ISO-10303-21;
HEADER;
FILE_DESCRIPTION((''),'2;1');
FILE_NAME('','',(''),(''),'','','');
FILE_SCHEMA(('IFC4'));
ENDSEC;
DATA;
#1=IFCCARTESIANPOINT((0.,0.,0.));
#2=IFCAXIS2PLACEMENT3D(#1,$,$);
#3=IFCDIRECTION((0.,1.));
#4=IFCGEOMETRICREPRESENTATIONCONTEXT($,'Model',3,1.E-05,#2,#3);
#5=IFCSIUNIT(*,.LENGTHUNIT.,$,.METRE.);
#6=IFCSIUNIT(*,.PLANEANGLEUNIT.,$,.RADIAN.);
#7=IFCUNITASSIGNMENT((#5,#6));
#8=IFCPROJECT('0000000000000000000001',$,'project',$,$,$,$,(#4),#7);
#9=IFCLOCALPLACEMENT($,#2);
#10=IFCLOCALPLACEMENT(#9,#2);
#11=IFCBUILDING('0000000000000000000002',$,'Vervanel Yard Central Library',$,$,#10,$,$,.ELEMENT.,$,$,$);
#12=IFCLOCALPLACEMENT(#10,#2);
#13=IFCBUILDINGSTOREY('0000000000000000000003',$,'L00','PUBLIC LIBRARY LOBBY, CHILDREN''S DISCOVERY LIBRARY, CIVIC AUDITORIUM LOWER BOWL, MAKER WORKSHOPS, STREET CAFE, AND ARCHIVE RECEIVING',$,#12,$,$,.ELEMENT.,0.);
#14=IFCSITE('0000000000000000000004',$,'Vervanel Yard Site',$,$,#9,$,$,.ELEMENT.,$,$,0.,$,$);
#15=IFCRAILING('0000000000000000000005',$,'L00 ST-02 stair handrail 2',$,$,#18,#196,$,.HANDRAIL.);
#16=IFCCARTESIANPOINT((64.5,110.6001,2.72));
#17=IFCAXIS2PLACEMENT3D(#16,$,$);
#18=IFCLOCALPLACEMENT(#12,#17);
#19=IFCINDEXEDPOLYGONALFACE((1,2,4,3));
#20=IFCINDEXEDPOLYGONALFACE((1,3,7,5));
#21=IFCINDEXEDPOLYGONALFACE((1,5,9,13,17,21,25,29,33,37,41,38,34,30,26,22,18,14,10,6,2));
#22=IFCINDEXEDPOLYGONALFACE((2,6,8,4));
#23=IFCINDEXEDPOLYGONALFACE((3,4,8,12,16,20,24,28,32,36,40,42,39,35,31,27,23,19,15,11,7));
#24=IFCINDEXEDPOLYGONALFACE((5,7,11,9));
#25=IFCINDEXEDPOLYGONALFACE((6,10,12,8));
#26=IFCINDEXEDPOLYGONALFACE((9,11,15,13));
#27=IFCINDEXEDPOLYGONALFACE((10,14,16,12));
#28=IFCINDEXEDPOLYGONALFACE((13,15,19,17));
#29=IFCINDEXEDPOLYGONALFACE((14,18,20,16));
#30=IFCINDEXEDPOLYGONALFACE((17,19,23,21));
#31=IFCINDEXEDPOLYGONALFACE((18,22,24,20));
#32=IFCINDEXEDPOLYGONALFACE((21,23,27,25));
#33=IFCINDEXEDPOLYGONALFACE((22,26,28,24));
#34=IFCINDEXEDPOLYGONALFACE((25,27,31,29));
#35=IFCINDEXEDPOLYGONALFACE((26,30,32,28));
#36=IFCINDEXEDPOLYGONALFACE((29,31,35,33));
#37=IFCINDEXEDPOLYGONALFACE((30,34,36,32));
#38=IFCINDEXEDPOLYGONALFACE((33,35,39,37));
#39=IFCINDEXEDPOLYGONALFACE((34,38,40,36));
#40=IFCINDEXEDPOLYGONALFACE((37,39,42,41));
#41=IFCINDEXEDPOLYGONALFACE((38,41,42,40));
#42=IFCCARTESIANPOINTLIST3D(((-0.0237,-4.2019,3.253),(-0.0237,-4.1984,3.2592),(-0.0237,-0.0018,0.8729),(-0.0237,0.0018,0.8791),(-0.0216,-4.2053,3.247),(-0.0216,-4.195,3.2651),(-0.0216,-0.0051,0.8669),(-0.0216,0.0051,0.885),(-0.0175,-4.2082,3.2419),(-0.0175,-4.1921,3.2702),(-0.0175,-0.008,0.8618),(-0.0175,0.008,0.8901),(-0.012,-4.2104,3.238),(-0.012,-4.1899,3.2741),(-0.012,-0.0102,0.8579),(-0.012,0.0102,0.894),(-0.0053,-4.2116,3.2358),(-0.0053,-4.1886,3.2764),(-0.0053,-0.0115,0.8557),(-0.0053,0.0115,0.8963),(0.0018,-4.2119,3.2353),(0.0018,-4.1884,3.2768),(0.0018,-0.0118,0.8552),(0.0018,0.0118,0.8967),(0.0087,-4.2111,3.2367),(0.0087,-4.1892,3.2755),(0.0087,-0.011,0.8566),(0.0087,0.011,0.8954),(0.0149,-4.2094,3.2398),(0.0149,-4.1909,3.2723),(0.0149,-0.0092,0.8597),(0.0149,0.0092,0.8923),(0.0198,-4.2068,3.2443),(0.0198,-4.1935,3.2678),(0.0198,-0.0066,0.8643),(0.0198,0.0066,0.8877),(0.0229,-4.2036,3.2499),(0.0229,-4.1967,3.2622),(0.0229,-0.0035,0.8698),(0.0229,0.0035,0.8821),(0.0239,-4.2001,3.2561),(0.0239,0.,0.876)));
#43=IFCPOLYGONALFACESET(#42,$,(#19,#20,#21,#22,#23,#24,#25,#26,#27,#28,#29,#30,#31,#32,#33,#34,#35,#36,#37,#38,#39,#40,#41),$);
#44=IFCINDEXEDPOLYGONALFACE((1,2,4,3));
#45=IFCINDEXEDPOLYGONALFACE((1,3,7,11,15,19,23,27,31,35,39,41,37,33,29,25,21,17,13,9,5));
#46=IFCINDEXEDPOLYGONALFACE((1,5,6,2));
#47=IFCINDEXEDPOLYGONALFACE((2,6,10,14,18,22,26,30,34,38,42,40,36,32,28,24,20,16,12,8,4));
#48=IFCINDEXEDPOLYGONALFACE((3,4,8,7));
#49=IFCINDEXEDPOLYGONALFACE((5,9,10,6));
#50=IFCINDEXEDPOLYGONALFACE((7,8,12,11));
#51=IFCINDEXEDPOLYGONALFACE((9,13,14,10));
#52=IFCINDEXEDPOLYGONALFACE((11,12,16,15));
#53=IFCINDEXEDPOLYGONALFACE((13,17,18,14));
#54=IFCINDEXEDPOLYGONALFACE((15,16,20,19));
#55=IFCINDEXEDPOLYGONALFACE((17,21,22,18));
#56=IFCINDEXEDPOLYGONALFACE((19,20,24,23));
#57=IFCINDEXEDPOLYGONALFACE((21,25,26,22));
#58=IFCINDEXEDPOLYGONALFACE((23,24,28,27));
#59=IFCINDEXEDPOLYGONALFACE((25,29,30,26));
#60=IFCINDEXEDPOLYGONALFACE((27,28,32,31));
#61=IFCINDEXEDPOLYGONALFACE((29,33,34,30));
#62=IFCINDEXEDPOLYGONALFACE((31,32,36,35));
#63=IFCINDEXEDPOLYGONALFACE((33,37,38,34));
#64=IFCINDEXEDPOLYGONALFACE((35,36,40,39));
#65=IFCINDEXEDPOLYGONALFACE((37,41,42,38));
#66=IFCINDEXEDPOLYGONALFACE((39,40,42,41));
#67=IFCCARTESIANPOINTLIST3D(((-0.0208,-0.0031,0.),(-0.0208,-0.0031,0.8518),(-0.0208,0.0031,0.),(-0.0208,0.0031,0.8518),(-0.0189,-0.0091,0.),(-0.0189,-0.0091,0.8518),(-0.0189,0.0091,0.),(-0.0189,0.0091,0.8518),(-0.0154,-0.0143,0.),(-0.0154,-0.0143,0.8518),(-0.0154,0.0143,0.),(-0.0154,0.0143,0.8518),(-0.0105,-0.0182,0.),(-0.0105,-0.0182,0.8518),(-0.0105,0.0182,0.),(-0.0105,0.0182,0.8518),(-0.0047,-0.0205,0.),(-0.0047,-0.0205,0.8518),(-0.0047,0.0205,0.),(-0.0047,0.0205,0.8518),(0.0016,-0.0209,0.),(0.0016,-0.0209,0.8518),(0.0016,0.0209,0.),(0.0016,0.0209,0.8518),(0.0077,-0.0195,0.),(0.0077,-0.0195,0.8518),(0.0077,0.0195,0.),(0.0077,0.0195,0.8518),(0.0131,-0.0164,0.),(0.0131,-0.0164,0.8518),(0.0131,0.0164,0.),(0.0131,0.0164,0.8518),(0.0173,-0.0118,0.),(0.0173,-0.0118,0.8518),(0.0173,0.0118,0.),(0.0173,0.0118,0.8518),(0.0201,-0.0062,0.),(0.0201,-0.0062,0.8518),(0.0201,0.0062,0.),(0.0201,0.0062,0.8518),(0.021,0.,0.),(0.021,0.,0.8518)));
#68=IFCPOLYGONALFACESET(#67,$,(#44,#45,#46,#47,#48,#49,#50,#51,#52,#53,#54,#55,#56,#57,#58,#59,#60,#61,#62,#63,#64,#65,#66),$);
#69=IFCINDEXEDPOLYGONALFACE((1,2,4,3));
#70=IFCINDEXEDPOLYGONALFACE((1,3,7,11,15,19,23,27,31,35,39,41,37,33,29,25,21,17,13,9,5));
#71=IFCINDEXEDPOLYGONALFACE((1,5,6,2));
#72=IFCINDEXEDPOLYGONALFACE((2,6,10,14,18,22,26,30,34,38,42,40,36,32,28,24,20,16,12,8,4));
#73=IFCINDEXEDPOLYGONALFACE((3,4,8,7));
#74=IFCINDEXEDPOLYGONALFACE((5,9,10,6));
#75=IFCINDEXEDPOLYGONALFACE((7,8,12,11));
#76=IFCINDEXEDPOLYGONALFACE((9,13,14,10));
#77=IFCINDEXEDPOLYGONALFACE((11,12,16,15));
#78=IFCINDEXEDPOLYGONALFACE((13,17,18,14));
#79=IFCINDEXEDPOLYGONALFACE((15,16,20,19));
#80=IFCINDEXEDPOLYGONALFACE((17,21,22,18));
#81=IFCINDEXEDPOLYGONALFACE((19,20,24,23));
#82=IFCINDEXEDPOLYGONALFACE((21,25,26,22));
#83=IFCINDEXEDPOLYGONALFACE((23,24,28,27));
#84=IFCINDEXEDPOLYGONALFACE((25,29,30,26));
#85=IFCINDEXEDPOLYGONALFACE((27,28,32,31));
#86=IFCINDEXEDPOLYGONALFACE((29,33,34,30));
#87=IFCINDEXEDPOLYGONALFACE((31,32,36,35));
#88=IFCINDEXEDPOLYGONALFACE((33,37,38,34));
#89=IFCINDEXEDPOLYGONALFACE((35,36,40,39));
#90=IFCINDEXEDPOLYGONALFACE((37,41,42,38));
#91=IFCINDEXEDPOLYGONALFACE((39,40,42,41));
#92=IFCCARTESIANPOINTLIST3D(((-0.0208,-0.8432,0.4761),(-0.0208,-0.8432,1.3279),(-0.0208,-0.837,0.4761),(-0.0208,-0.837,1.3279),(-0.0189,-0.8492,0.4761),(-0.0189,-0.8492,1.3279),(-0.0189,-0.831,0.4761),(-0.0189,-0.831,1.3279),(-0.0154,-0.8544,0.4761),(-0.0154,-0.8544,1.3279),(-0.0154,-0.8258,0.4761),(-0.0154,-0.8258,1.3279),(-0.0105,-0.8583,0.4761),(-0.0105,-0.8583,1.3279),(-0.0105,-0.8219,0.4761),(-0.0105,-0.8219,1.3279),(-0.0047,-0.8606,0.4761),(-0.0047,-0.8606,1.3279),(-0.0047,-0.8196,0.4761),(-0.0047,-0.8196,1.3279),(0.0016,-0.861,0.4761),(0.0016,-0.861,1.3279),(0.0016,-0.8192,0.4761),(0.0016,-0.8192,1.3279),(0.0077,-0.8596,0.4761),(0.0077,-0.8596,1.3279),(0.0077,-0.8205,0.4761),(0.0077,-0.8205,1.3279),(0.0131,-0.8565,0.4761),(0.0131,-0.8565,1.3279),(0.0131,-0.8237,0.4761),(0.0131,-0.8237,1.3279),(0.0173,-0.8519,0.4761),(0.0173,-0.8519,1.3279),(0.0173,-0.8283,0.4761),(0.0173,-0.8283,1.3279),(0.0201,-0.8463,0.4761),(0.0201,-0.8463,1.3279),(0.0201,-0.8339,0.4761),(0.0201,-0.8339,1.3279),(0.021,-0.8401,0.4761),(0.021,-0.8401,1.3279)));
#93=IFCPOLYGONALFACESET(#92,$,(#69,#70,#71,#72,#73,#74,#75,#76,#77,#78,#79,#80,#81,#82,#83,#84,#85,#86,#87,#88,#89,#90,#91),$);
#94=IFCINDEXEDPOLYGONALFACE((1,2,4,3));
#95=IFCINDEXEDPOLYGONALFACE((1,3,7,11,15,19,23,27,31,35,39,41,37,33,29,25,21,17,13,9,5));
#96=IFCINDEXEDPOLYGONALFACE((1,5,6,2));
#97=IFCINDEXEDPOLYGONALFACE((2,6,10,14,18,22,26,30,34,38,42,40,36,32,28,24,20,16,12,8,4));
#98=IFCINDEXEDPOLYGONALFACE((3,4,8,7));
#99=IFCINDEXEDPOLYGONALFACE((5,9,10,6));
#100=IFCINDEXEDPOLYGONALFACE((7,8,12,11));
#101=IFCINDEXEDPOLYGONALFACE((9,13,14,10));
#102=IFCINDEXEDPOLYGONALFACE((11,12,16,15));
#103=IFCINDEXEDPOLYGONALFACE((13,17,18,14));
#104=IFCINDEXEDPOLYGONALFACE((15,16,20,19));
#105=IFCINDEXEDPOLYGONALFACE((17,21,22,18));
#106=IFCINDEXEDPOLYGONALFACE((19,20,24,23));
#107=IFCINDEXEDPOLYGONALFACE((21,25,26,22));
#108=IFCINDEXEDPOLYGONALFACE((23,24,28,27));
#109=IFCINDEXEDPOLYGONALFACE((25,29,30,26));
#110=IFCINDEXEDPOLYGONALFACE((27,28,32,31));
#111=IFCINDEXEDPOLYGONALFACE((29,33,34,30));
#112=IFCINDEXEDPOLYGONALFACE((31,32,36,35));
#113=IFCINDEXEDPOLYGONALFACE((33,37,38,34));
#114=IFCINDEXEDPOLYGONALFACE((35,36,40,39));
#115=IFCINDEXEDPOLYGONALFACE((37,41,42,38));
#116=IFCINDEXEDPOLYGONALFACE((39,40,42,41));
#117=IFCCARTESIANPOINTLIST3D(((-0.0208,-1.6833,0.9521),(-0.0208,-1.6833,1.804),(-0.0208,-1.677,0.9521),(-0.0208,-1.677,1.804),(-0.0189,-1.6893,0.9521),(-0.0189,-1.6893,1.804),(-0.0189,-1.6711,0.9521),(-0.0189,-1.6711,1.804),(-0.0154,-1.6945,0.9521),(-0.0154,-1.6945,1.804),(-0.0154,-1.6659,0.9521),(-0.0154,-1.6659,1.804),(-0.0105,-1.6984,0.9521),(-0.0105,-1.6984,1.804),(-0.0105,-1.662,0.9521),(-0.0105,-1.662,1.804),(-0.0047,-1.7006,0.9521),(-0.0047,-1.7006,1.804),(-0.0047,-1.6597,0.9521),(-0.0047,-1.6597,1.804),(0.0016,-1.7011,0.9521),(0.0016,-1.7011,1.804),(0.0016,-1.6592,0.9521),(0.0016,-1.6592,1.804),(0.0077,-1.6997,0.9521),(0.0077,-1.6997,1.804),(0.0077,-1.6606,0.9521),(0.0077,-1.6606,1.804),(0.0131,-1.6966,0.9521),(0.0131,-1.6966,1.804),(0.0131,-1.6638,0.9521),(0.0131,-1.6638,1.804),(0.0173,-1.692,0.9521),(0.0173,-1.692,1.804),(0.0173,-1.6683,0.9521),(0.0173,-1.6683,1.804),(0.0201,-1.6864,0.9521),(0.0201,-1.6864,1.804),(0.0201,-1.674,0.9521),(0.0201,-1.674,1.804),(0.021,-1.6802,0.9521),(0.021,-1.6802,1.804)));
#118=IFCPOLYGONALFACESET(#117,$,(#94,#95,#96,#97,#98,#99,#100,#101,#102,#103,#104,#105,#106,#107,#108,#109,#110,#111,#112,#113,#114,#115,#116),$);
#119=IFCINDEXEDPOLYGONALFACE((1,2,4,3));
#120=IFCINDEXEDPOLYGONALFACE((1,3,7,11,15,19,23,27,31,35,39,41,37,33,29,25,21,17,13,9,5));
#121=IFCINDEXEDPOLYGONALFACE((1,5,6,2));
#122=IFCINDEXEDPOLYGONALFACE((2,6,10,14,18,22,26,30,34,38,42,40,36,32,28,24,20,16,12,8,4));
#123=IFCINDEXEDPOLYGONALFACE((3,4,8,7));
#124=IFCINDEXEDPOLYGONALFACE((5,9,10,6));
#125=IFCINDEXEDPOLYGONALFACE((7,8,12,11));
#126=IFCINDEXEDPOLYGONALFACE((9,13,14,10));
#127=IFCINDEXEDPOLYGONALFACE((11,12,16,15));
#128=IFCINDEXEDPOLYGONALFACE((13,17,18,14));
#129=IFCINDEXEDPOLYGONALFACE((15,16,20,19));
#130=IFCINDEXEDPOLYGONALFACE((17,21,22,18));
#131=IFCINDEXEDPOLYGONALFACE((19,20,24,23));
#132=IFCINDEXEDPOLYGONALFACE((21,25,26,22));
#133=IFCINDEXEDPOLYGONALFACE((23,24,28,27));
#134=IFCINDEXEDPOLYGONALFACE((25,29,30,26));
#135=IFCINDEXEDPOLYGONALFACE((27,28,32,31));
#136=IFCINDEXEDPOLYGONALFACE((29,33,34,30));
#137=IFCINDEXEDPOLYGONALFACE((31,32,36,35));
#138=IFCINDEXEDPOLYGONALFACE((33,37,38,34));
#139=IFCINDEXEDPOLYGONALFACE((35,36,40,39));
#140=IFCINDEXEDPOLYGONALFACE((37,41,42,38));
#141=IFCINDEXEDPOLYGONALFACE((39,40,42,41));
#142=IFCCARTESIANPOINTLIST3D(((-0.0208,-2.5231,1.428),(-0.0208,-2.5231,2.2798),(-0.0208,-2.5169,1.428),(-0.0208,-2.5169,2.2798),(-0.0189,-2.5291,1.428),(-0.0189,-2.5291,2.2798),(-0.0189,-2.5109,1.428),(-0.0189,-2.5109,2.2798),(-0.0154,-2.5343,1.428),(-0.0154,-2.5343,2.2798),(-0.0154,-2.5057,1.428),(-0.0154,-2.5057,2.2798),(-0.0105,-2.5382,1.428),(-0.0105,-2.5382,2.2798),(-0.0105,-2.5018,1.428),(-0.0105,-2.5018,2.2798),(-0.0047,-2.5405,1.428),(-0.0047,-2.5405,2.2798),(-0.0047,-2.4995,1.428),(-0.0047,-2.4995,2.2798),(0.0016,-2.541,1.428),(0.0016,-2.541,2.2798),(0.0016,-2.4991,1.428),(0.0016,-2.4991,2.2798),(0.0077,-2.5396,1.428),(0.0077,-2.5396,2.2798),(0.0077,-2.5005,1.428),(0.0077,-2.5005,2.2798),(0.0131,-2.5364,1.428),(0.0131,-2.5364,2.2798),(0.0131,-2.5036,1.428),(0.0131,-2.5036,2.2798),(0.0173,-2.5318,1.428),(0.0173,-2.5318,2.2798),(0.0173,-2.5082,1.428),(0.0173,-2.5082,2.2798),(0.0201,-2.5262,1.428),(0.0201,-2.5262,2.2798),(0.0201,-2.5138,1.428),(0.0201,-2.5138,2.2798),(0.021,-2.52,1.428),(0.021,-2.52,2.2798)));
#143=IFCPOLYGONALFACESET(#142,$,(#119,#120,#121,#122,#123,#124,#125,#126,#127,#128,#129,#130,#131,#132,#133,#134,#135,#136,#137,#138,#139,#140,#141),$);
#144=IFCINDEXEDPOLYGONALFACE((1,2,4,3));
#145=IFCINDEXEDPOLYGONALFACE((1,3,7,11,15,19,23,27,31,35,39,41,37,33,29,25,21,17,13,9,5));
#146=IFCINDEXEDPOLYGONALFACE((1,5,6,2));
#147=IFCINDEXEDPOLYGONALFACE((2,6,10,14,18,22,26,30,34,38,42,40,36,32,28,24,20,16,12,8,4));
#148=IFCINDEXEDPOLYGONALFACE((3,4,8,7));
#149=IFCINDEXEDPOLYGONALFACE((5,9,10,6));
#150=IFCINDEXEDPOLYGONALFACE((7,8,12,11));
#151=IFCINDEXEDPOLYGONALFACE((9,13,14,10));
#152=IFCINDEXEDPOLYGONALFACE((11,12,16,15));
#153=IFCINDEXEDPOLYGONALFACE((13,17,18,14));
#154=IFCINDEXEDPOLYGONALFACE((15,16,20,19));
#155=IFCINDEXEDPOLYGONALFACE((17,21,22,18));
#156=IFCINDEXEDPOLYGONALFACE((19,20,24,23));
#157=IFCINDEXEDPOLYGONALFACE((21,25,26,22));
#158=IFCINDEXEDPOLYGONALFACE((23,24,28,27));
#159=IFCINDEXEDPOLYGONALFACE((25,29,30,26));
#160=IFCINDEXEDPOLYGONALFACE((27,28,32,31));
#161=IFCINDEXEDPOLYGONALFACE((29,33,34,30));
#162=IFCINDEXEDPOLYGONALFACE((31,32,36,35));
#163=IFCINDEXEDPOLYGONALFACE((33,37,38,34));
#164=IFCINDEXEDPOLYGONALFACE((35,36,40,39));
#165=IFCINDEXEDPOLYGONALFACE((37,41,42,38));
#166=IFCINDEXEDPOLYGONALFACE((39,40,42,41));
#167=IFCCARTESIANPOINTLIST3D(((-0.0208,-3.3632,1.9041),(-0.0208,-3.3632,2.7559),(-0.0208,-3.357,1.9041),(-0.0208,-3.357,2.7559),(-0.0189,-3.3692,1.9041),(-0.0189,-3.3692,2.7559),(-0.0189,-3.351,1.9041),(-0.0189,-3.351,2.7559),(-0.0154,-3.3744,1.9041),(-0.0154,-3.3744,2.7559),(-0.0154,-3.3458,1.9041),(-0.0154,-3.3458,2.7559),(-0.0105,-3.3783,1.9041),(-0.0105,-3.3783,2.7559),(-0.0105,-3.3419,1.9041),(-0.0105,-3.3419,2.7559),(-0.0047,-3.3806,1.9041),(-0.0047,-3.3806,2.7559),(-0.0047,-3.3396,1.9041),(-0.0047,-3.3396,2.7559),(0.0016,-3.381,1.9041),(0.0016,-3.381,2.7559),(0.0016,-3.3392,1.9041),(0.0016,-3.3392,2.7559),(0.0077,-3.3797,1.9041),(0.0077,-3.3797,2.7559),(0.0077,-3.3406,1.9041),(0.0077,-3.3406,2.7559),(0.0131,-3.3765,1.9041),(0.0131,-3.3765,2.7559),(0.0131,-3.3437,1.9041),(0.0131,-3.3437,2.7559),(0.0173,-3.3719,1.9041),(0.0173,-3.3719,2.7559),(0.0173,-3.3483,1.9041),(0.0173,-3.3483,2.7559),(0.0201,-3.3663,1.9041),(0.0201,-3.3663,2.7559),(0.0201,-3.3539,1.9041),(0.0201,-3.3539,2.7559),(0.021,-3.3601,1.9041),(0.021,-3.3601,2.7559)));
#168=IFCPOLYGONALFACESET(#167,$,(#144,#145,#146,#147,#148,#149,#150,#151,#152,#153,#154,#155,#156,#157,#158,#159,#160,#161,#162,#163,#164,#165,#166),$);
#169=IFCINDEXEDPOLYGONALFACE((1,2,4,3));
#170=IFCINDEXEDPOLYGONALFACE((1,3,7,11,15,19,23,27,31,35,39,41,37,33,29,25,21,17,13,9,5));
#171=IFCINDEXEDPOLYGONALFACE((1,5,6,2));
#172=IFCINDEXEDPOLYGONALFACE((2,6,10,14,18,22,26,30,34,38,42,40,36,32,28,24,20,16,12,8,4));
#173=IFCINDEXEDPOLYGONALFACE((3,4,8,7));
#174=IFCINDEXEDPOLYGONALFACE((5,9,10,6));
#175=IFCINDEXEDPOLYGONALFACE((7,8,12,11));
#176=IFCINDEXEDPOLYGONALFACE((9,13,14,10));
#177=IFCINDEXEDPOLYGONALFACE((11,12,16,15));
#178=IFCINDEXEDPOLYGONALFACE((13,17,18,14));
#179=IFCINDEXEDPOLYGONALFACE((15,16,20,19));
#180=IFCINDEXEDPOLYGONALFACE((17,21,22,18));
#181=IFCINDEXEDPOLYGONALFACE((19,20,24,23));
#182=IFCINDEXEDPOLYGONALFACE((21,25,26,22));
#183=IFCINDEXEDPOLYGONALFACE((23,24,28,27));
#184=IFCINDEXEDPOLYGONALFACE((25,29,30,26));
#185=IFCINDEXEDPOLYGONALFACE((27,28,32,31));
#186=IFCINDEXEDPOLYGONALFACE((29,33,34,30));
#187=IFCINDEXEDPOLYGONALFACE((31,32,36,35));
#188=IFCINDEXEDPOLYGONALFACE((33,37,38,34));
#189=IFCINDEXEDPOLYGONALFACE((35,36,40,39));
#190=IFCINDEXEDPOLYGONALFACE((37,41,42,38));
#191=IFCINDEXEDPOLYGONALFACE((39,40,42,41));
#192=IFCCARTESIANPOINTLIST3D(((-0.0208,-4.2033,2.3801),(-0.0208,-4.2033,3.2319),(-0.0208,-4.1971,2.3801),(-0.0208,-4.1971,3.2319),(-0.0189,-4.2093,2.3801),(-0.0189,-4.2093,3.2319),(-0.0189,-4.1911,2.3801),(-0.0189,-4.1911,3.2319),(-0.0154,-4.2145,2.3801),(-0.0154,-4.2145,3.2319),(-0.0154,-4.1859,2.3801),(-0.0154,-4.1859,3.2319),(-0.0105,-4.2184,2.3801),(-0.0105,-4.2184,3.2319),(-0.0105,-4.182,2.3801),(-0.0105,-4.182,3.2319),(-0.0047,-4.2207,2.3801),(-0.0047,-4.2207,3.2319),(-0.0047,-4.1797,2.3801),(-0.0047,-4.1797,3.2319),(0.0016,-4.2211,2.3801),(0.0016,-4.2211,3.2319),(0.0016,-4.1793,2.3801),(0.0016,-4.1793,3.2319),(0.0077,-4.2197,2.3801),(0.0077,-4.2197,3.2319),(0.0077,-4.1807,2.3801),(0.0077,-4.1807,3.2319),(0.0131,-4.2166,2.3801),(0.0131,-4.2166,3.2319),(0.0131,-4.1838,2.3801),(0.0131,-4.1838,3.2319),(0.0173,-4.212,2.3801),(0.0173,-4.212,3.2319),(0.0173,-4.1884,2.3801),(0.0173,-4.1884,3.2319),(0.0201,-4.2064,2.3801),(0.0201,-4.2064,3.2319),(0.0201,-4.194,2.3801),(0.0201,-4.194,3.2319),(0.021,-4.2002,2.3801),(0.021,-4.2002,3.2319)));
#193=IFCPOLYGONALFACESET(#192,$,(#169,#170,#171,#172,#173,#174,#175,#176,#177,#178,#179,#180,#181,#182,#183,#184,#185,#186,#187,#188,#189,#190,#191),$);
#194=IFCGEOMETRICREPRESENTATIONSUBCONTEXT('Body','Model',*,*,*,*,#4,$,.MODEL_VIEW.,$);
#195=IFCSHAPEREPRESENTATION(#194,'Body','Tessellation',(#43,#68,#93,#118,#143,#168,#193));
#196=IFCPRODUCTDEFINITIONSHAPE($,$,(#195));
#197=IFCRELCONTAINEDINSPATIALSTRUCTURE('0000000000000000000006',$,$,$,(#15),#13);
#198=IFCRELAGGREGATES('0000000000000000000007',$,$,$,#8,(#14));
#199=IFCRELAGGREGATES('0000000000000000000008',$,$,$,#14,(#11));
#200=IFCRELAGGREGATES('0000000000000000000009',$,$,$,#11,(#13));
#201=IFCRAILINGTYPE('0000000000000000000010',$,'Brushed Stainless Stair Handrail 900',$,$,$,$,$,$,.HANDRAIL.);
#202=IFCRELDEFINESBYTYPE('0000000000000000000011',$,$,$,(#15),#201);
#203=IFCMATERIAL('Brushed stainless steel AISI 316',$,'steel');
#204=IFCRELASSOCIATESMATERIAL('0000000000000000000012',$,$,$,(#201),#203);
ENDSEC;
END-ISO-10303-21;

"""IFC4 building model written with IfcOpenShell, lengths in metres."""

from ifc_helpers import new_model, si_unit, direction, frame, origin, origin_2d, place, context, subcontext, project, spatial, circle, extrude, material, type_object, element, save


model = new_model("IFC4")

# Units and contexts
model_context = context("Model", 3, precision=1e-05, world=origin(), true_north=direction((0.0, 1.0)))
body_context = subcontext(model_context, "Body", "Model", "MODEL_VIEW")
ifc_project = project(units=[si_unit("LENGTHUNIT", "METRE"), si_unit("PLANEANGLEUNIT", "RADIAN")], contexts=[model_context])

# Site, building, storey
site_placement = place(None, origin())
site = spatial("IfcSite", under=ifc_project, at=site_placement, Name="Vervanel Yard Site", CompositionType="ELEMENT", RefElevation=0.0)
building_placement = place(site_placement, origin())
building = spatial("IfcBuilding", under=site, at=building_placement, Name="Vervanel Yard Central Library", CompositionType="ELEMENT")
storey_placement = place(building_placement, origin())
storey = spatial("IfcBuildingStorey", under=building, at=storey_placement, Name="L00", Description="PUBLIC LIBRARY LOBBY, CHILDREN'S DISCOVERY LIBRARY, CIVIC AUDITORIUM LOWER BOWL, MAKER WORKSHOPS, STREET CAFE, AND ARCHIVE RECEIVING", CompositionType="ELEMENT", Elevation=0.0)

# Shared definitions
ifc_material_1 = material(Name="Brushed stainless steel AISI 316", Category="steel")

# Railing
railing_type_1 = type_object("IfcRailingType", Name="Brushed Stainless Stair Handrail 900", PredefinedType="HANDRAIL", material=ifc_material_1)
railing_1_placement = place(storey_placement, frame((64.5, 110.6001, 2.72)))
element("IfcRailing", 1, at=railing_1_placement, inside=storey, type_object=railing_type_1, Name="L00 ST-02 stair handrail 2", PredefinedType="HANDRAIL", context=body_context, shape_type="SweptSolid", body=[
    extrude(circle(Radius=0.0239, at=origin_2d()), frame((0.0, 0.0, 0.876), z_axis=(0.0, -0.870021, 0.493015), x_axis=(1.0, 0.0, 0.0)), (0.0, 0.0, 1.0), 4.8276),
    extrude(circle(Radius=0.021, at=origin_2d()), origin(), (0.0, 0.0, 1.0), 0.8518),
    extrude(circle(Radius=0.021, at=origin_2d()), frame((0.0, -0.8401, 0.4761)), (0.0, 0.0, 1.0), 0.8518),
    extrude(circle(Radius=0.021, at=origin_2d()), frame((0.0, -1.6802, 0.9521)), (0.0, 0.0, 1.0), 0.8518),
    extrude(circle(Radius=0.021, at=origin_2d()), frame((0.0, -2.52, 1.428)), (0.0, 0.0, 1.0), 0.8518),
    extrude(circle(Radius=0.021, at=origin_2d()), frame((0.0, -3.3601, 1.9041)), (0.0, 0.0, 1.0), 0.8518),
    extrude(circle(Radius=0.021, at=origin_2d()), frame((0.0, -4.2002, 2.3801)), (0.0, 0.0, 1.0), 0.8518),
])

save(model, "model.ifc")
